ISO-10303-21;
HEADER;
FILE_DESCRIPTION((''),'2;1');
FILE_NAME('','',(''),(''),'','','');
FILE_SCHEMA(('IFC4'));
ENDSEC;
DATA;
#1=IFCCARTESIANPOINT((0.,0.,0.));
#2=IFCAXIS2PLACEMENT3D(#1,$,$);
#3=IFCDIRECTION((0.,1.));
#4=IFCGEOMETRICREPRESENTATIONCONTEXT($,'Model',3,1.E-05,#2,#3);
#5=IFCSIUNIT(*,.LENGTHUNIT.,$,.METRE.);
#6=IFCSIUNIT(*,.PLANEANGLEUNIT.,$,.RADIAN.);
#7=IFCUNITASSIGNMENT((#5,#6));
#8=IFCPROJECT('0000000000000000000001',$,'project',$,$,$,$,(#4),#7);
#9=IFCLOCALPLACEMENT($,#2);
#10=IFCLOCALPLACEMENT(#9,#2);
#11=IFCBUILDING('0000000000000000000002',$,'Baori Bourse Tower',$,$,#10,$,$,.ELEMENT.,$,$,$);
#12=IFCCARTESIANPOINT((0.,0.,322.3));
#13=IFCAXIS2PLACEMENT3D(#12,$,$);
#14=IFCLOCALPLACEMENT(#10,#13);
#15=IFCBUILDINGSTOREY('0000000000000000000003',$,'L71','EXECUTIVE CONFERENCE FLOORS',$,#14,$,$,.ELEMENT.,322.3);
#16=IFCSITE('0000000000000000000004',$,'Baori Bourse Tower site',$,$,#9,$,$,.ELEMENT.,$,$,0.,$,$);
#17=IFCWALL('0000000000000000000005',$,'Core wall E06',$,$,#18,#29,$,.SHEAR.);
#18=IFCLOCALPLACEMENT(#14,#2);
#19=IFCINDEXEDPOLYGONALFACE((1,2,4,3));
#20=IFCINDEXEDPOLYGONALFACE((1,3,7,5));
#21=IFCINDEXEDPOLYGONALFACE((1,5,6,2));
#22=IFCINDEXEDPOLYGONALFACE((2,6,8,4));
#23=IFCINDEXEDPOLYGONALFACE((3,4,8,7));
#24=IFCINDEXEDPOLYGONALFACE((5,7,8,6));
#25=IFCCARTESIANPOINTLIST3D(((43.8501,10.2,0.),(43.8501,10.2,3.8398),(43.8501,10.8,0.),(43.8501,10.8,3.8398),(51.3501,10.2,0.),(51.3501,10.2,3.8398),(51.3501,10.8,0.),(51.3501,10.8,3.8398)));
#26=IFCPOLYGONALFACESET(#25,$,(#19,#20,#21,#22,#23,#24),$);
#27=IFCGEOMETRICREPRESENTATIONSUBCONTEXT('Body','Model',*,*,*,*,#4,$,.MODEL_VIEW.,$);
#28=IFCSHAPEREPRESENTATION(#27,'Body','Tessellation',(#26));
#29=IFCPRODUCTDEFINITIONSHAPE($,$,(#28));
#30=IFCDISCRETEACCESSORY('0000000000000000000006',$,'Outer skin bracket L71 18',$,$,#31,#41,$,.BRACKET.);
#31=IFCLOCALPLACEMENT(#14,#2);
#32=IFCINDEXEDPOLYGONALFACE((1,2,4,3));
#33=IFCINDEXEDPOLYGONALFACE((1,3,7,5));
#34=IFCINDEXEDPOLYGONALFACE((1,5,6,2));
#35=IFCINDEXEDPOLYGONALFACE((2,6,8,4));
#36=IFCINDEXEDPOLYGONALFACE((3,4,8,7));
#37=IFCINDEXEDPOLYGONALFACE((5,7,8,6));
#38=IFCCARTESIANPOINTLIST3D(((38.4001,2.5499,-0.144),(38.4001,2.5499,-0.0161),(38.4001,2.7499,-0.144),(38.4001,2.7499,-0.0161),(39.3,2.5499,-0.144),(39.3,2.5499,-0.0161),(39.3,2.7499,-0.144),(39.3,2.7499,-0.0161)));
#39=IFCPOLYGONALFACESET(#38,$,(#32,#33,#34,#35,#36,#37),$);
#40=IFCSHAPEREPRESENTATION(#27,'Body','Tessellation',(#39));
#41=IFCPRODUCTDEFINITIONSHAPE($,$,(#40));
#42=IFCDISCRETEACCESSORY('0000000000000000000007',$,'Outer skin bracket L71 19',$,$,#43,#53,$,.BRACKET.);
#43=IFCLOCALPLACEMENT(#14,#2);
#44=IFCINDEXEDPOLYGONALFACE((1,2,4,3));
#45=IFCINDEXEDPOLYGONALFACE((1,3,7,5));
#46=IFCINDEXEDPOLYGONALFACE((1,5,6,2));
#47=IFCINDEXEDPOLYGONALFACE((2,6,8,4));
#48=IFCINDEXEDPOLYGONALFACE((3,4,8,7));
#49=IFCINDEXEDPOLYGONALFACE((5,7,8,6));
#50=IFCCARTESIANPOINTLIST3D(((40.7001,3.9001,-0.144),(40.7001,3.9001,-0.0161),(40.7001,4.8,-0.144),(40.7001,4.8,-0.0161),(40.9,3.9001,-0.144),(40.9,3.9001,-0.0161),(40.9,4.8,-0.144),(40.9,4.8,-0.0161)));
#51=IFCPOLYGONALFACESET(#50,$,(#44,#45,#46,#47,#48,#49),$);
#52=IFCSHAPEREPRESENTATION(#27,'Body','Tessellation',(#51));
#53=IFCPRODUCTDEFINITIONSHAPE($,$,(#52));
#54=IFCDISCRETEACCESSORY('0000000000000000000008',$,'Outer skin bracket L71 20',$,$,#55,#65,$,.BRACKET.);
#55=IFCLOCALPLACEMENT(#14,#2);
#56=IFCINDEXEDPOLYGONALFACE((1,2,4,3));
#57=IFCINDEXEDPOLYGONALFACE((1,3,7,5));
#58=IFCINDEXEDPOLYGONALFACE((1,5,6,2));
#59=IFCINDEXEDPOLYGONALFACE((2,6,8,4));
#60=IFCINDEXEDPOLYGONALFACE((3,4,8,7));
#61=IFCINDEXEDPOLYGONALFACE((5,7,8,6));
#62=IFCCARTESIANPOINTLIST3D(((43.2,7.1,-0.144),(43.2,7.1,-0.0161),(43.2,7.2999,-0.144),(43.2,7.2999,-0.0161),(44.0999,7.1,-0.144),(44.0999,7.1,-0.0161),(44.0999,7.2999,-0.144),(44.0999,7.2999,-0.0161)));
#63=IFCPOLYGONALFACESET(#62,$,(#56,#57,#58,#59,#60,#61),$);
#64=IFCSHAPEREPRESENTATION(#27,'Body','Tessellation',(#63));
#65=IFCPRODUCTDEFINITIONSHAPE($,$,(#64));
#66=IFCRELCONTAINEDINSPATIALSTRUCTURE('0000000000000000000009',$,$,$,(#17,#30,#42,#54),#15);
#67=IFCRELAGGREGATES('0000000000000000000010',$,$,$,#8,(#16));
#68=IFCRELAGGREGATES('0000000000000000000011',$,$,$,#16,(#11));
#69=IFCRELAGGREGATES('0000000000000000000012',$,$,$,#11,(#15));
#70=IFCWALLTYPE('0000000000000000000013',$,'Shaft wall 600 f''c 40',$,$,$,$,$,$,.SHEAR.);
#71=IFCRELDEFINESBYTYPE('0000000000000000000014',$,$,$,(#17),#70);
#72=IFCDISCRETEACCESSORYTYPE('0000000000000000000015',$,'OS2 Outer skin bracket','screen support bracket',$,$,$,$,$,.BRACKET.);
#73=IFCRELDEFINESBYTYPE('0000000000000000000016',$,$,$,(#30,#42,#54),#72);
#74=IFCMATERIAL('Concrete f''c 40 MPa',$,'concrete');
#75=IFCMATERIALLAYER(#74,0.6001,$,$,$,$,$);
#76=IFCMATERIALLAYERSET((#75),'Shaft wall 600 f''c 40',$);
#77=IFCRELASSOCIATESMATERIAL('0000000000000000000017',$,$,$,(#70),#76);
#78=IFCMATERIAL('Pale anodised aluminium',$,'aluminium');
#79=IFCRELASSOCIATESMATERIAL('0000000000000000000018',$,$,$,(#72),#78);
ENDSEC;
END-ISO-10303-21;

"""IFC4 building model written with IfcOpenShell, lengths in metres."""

from ifc_helpers import new_model, si_unit, direction, frame, frame_2d, origin, origin_2d, place, context, subcontext, project, spatial, rectangle, extrude, material, layer, layer_set, type_object, element, save


model = new_model("IFC4")

# Units and contexts
model_context = context("Model", 3, precision=1e-05, world=origin(), true_north=direction((0.0, 1.0)))
body_context = subcontext(model_context, "Body", "Model", "MODEL_VIEW")
ifc_project = project(units=[si_unit("LENGTHUNIT", "METRE"), si_unit("PLANEANGLEUNIT", "RADIAN")], contexts=[model_context])

# Site, building, storey
site_placement = place(None, origin())
site = spatial("IfcSite", under=ifc_project, at=site_placement, Name="Baori Bourse Tower site", CompositionType="ELEMENT", RefElevation=0.0)
building_placement = place(site_placement, origin())
building = spatial("IfcBuilding", under=site, at=building_placement, Name="Baori Bourse Tower", CompositionType="ELEMENT")
storey_placement = place(building_placement, frame((0.0, 0.0, 322.3)))
storey = spatial("IfcBuildingStorey", under=building, at=storey_placement, Name="L71", Description="EXECUTIVE CONFERENCE FLOORS", CompositionType="ELEMENT", Elevation=322.3)

# Wall
ifc_material_1 = material(Name="Concrete f'c 40 MPa", Category="concrete")
ifc_layer_1 = layer(ifc_material_1, 0.6001)
ifc_layer_set_1 = layer_set([ifc_layer_1], Name="Shaft wall 600 f'c 40")
wall_type_1 = type_object("IfcWallType", Name="Shaft wall 600 f'c 40", PredefinedType="SHEAR", material=ifc_layer_set_1)
wall_1_placement = place(storey_placement, frame((43.8501, 10.5, 0.0), z_axis=(0.0, 0.0, 1.0), x_axis=(1.0, 0.0, 0.0)))
element("IfcWall", 1, at=wall_1_placement, inside=storey, type_object=wall_type_1, Name="Core wall E06", PredefinedType="SHEAR", context=body_context, shape_type="SweptSolid", body=[
    extrude(rectangle(XDim=7.5, YDim=0.6001, at=frame_2d((3.75, 0.0))), origin(), (0.0, 0.0, 1.0), 3.8398),
])

# Discrete accessories
ifc_material_2 = material(Name="Pale anodised aluminium", Category="aluminium")
discrete_accessory_type = type_object("IfcDiscreteAccessoryType", Name="OS2 Outer skin bracket", Description="screen support bracket", PredefinedType="BRACKET", material=ifc_material_2)
for number, where, z_axis, x_axis, name in (
    (2, (38.8501, 2.6499, -0.144), (0.0, 0.0, 1.0), (0.0, 1.0, 0.0), "Outer skin bracket L71 18"),
    (3, (40.8, 4.3501, -0.144), (0.0, 0.0, 1.0), (1.0, 0.0, 0.0), "Outer skin bracket L71 19"),
    (4, (43.6499, 7.2, -0.144), (0.0, 0.0, 1.0), (0.0, 1.0, 0.0), "Outer skin bracket L71 20"),
):
    element("IfcDiscreteAccessory", number, at=place(storey_placement, frame(where, z_axis=z_axis, x_axis=x_axis)), inside=storey, type_object=discrete_accessory_type, Name=name, PredefinedType="BRACKET", context=body_context, shape_type="SweptSolid", body=[
        extrude(rectangle(XDim=0.2, YDim=0.8999, at=origin_2d()), origin(), (0.0, 0.0, 1.0), 0.1279),
    ])

save(model, "model.ifc")
